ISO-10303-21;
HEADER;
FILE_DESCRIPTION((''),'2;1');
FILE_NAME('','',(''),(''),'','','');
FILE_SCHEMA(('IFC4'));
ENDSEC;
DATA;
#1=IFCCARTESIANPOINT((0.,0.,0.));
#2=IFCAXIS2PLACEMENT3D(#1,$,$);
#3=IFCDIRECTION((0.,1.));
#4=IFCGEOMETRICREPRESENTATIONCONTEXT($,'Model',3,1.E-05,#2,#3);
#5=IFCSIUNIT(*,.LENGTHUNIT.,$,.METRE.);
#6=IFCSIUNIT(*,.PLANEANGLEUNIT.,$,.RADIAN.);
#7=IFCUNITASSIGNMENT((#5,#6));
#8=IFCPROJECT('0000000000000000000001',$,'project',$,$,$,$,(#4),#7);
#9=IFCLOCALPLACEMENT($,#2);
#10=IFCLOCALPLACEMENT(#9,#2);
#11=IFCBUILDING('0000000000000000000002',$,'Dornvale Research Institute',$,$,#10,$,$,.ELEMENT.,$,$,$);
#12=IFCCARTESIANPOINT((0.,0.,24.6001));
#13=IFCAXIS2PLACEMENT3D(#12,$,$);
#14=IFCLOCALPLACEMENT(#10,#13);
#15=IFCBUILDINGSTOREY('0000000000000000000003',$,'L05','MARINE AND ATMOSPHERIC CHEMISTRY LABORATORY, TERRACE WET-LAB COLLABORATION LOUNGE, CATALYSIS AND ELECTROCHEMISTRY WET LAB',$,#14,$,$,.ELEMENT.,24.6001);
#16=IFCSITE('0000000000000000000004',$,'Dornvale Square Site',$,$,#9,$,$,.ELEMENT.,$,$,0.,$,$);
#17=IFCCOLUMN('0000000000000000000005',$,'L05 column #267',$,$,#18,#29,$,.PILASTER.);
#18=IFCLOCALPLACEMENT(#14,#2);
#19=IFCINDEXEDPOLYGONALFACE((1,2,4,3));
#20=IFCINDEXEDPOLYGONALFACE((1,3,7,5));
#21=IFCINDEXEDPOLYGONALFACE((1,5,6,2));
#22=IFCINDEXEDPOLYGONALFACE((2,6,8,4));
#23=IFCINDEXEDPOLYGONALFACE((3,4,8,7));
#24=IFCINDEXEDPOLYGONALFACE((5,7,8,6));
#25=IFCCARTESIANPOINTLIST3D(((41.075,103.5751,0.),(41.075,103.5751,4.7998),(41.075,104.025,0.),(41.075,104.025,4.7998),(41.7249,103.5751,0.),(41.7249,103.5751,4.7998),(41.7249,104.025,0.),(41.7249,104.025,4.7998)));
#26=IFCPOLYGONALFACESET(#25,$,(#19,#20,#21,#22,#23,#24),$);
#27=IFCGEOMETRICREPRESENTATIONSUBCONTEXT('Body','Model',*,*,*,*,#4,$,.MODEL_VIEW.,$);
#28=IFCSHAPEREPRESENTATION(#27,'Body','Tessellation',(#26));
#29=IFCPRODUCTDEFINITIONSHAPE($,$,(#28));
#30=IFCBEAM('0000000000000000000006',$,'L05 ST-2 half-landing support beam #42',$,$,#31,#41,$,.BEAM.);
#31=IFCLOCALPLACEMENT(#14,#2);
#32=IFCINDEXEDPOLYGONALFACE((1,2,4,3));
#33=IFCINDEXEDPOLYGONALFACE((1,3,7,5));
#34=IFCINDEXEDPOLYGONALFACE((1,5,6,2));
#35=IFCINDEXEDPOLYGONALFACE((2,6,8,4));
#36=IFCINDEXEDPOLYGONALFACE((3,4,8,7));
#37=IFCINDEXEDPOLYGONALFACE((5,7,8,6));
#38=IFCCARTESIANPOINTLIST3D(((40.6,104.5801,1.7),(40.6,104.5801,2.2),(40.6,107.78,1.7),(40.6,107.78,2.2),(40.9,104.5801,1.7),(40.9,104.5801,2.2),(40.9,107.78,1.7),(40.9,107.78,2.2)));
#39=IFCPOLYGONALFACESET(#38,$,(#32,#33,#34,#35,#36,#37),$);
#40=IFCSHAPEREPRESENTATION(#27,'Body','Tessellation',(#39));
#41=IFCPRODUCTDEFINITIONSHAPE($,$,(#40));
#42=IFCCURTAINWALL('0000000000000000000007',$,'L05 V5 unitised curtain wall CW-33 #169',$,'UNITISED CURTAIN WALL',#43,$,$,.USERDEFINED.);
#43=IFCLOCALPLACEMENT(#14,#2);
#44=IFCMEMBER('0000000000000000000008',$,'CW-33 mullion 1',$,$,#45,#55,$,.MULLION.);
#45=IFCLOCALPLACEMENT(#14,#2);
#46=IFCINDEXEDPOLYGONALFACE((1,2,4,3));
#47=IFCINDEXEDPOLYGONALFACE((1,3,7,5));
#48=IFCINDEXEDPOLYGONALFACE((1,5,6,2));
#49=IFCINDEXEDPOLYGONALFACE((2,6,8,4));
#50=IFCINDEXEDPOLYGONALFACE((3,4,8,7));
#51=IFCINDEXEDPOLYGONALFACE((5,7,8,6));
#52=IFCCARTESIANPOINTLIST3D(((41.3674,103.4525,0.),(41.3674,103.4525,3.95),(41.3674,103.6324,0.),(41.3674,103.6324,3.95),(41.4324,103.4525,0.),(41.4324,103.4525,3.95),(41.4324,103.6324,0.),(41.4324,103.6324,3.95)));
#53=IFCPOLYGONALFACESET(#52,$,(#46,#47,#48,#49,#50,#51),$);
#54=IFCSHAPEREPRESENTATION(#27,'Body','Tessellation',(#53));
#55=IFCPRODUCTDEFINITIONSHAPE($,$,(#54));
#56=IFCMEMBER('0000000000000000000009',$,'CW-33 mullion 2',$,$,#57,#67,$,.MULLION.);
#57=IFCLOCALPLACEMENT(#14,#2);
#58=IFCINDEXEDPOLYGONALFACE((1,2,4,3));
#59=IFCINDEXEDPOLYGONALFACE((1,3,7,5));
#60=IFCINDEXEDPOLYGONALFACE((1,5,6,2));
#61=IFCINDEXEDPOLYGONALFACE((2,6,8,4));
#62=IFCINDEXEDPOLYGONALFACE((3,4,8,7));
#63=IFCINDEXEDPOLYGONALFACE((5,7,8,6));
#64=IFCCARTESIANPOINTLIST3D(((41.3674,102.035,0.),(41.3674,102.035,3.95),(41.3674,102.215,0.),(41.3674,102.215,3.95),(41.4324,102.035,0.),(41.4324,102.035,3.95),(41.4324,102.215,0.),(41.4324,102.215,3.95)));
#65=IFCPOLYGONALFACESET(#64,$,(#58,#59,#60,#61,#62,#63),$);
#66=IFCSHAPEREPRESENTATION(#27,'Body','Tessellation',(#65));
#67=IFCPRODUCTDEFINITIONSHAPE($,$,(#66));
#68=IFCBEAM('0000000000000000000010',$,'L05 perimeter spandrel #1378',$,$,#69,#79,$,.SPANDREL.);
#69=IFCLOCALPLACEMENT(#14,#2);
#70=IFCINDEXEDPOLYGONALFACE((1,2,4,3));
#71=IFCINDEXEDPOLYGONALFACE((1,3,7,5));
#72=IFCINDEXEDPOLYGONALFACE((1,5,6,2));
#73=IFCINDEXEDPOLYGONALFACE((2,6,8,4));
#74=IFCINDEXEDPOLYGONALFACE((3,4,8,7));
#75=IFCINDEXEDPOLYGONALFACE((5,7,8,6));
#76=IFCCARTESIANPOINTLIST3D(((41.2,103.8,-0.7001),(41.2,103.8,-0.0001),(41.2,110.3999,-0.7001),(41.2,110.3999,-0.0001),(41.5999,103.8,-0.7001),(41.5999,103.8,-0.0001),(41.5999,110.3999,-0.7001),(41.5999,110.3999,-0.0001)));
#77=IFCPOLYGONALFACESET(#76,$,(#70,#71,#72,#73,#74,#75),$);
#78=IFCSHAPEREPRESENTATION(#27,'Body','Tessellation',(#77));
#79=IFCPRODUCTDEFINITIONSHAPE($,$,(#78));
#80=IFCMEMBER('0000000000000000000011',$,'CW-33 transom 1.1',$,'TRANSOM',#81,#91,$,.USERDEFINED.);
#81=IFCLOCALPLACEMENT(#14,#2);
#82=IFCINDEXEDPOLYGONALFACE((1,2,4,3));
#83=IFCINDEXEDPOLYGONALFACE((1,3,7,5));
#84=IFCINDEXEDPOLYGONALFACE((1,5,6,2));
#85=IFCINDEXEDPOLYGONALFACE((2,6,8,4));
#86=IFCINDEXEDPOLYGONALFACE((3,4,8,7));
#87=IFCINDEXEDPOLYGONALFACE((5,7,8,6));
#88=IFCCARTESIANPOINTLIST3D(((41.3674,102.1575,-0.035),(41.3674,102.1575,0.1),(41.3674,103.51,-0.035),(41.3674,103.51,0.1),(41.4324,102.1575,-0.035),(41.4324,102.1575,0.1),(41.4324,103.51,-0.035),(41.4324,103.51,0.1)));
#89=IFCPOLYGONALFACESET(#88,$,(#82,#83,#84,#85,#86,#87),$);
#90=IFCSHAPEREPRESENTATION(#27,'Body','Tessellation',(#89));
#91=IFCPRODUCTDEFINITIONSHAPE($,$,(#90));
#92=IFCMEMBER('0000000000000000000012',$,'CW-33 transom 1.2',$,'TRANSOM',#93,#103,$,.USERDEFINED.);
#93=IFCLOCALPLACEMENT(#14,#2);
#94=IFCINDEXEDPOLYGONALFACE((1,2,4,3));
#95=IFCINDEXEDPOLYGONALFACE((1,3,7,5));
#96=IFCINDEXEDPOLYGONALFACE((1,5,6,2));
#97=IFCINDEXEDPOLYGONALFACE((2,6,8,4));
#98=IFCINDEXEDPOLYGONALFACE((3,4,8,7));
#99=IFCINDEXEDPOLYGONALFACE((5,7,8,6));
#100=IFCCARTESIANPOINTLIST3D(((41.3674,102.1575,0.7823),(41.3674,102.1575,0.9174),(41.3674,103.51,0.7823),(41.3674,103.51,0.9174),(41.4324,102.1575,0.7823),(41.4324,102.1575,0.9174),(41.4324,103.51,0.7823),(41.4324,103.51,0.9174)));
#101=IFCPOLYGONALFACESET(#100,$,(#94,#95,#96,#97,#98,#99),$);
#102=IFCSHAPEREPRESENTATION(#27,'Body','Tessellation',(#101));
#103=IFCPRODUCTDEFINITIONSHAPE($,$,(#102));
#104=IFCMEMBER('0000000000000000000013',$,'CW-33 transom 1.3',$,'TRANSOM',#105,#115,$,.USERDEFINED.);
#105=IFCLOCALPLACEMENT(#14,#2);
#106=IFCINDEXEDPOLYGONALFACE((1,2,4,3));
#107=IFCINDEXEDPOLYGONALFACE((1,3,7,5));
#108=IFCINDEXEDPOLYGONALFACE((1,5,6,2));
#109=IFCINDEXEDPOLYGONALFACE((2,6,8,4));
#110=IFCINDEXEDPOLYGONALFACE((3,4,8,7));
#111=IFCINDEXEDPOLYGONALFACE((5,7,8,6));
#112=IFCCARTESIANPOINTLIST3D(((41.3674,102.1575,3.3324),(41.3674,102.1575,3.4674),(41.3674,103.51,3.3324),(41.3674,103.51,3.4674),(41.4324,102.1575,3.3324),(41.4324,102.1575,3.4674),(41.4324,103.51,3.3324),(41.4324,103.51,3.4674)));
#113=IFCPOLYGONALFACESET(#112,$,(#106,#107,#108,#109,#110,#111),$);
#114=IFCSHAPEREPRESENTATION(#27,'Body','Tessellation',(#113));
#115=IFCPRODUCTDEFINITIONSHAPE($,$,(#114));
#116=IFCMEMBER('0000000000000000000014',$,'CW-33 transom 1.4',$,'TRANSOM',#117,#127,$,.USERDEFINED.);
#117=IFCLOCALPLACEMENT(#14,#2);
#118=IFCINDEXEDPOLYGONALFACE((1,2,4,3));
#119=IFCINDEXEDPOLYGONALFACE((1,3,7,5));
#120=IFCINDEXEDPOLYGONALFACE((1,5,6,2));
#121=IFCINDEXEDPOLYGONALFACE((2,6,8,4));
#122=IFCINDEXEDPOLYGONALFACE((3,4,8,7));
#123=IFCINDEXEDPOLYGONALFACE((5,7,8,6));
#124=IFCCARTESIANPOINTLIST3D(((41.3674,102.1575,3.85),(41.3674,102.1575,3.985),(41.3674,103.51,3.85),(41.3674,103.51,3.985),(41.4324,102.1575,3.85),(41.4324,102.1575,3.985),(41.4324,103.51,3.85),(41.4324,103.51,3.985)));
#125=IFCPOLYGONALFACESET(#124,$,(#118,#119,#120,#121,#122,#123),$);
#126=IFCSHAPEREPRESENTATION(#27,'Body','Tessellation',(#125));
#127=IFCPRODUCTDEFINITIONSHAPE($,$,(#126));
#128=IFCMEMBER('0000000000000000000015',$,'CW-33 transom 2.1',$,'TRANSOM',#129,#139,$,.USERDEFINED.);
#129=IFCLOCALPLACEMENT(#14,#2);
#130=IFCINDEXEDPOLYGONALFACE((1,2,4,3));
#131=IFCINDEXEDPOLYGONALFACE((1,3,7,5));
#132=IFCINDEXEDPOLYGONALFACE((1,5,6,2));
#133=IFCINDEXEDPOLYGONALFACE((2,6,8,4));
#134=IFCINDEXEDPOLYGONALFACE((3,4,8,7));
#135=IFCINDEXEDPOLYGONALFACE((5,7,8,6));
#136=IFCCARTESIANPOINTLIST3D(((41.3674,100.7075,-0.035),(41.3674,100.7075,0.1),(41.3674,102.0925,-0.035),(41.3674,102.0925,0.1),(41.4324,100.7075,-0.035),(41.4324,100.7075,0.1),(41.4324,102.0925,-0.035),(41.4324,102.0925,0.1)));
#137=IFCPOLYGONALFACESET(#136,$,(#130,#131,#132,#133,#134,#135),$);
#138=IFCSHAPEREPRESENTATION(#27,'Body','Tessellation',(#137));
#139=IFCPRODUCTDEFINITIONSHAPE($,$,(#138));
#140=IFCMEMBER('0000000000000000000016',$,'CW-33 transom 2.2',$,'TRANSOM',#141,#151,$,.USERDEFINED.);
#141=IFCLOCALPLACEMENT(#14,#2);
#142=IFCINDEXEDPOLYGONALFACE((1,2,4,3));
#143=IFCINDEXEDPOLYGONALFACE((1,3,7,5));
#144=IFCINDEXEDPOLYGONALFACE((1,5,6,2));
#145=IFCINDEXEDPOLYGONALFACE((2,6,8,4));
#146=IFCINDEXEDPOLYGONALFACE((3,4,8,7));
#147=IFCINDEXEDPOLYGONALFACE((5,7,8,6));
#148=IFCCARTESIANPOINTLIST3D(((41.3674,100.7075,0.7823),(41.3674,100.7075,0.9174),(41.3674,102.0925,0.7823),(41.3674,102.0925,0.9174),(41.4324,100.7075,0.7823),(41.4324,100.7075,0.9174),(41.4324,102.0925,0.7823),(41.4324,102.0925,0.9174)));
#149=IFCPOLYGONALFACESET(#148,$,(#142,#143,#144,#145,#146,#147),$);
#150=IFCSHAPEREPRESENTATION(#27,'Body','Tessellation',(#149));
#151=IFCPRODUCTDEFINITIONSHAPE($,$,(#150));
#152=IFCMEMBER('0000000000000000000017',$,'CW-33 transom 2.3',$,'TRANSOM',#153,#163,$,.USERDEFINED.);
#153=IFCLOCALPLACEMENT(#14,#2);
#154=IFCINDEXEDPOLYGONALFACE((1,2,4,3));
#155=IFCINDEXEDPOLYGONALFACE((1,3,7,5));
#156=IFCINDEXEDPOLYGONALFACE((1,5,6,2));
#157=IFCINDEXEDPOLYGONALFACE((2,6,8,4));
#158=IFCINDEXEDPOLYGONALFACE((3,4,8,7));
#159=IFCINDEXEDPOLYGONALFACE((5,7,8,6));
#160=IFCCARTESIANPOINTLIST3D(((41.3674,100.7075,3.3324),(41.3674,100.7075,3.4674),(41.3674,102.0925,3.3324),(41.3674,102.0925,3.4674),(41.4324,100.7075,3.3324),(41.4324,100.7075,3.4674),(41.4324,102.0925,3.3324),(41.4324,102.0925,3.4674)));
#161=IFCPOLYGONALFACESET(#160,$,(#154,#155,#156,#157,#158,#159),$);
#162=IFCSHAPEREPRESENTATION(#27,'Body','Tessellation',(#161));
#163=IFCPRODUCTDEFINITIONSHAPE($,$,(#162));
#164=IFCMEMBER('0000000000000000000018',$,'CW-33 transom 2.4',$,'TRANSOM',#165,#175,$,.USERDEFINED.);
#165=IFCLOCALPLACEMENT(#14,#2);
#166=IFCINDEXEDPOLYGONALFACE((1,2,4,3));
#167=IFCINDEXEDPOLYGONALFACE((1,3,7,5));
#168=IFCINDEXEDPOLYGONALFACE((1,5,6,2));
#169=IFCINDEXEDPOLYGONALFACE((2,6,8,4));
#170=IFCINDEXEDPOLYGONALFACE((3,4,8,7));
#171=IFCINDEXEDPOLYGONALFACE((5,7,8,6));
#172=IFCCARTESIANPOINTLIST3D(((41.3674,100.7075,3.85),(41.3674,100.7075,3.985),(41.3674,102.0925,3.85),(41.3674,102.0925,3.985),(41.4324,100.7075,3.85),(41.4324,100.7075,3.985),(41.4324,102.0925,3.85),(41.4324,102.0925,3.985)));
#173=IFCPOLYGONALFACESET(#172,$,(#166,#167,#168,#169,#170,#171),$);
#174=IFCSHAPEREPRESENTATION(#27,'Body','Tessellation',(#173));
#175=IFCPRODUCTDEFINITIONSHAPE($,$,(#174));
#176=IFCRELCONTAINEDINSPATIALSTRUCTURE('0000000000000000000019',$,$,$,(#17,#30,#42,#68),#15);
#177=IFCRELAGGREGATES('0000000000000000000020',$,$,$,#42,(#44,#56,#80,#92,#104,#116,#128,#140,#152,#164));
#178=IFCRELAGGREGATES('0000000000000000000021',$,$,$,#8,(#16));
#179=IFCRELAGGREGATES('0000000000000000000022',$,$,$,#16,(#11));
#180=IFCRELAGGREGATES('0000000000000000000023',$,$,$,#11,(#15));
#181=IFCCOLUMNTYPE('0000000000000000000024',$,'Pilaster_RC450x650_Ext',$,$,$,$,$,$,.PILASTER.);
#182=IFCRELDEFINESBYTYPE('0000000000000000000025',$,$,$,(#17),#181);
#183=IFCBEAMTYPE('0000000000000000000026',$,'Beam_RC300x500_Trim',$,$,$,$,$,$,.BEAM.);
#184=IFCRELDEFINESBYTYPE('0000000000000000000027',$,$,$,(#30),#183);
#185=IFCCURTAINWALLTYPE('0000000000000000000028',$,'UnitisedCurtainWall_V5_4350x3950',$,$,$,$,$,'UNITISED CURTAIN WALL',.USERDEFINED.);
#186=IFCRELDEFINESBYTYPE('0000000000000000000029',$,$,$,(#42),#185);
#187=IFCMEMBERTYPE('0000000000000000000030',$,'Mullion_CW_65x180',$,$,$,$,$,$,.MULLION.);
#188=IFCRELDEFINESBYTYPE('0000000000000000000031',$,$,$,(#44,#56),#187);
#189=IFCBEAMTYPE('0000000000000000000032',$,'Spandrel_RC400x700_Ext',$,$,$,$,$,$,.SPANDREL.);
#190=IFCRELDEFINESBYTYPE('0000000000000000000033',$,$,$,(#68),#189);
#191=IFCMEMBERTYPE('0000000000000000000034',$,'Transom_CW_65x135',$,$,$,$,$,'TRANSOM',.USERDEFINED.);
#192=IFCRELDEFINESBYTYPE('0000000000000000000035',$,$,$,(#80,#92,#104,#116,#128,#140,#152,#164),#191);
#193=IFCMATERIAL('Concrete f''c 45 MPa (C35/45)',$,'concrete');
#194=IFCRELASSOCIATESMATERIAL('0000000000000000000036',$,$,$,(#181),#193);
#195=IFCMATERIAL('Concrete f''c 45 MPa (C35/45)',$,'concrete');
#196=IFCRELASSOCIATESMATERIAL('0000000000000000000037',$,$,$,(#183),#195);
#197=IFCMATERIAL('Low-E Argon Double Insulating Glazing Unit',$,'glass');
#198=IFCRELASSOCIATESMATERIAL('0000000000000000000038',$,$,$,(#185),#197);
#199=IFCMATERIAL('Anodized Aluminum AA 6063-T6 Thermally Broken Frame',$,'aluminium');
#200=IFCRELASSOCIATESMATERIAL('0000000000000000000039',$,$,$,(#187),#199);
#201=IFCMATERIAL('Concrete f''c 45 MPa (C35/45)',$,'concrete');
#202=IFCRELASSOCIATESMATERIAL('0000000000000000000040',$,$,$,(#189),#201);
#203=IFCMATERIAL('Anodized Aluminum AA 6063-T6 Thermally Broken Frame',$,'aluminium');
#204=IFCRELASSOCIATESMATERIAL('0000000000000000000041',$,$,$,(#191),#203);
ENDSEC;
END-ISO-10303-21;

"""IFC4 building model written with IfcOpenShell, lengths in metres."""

from ifc_helpers import new_model, si_unit, direction, frame, origin, origin_2d, place, context, subcontext, project, spatial, rectangle, extrude, material, material_profile, profile_set, type_object, element, aggregate, save


model = new_model("IFC4")

# Units and contexts
model_context = context("Model", 3, precision=1e-05, world=origin(), true_north=direction((0.0, 1.0)))
body_context = subcontext(model_context, "Body", "Model", "MODEL_VIEW")
ifc_project = project(units=[si_unit("LENGTHUNIT", "METRE"), si_unit("PLANEANGLEUNIT", "RADIAN")], contexts=[model_context])

# Site, building, storey
site_placement = place(None, origin())
site = spatial("IfcSite", under=ifc_project, at=site_placement, Name="Dornvale Square Site", CompositionType="ELEMENT", RefElevation=0.0)
building_placement = place(site_placement, origin())
building = spatial("IfcBuilding", under=site, at=building_placement, Name="Dornvale Research Institute", CompositionType="ELEMENT")
storey_placement = place(building_placement, frame((0.0, 0.0, 24.6001)))
storey = spatial("IfcBuildingStorey", under=building, at=storey_placement, Name="L05", Description="MARINE AND ATMOSPHERIC CHEMISTRY LABORATORY, TERRACE WET-LAB COLLABORATION LOUNGE, CATALYSIS AND ELECTROCHEMISTRY WET LAB", CompositionType="ELEMENT", Elevation=24.6001)

# Column
ifc_material_1 = material(Name="Concrete f'c 45 MPa (C35/45)", Category="concrete")
ifc_material_profile_1 = material_profile(ifc_material_1, rectangle(XDim=0.45, YDim=0.6499, at=origin_2d()), Name="RC 450x650")
ifc_profile_set_1 = profile_set([ifc_material_profile_1], Name="Concrete f'c 45 MPa (C35/45)")
column_type = type_object("IfcColumnType", Name="Pilaster_RC450x650_Ext", PredefinedType="PILASTER", material=ifc_profile_set_1)
column_placement = place(storey_placement, frame((41.3999, 103.8, 0.0), z_axis=(0.0, 0.0, 1.0), x_axis=(0.0, 1.0, 0.0)))
element("IfcColumn", 1, at=column_placement, inside=storey, type_object=column_type, Name="L05 column #267", PredefinedType="PILASTER", context=body_context, shape_type="SweptSolid", body=[
    extrude(rectangle(XDim=0.45, YDim=0.6499, at=origin_2d()), origin(), (0.0, 0.0, 1.0), 4.7998),
])

# Beam
ifc_material_2 = material(Name="Concrete f'c 45 MPa (C35/45)", Category="concrete")
ifc_material_profile_2 = material_profile(ifc_material_2, rectangle(XDim=0.3, YDim=0.5, at=origin_2d()), Name="RC 300x500")
ifc_profile_set_2 = profile_set([ifc_material_profile_2], Name="Concrete f'c 45 MPa (C35/45)")
beam_type_1 = type_object("IfcBeamType", Name="Beam_RC300x500_Trim", PredefinedType="BEAM", material=ifc_profile_set_2)
beam_1_placement = place(storey_placement, frame((40.75, 104.5801, 1.95), z_axis=(0.0, 1.0, 0.0), x_axis=(-1.0, 0.0, 0.0)))
element("IfcBeam", 2, at=beam_1_placement, inside=storey, type_object=beam_type_1, Name="L05 ST-2 half-landing support beam #42", PredefinedType="BEAM", context=body_context, shape_type="SweptSolid", body=[
    extrude(rectangle(XDim=0.3, YDim=0.5, at=origin_2d()), origin(), (0.0, 0.0, 1.0), 3.2),
])

# Curtain wall, members
ifc_material_3 = material(Name="Low-E Argon Double Insulating Glazing Unit", Category="glass")
curtain_wall_type = type_object("IfcCurtainWallType", Name="UnitisedCurtainWall_V5_4350x3950", ElementType="UNITISED CURTAIN WALL", PredefinedType="USERDEFINED", material=ifc_material_3)
curtain_wall_placement = place(storey_placement, origin())
curtain_wall = element("IfcCurtainWall", 3, at=curtain_wall_placement, inside=storey, type_object=curtain_wall_type, Name="L05 V5 unitised curtain wall CW-33 #169", ObjectType="UNITISED CURTAIN WALL", PredefinedType="USERDEFINED")
ifc_material_4 = material(Name="Anodized Aluminum AA 6063-T6 Thermally Broken Frame", Category="aluminium")
ifc_material_profile_3 = material_profile(ifc_material_4, rectangle(XDim=0.0649, YDim=0.1799, at=origin_2d()), Name="ALU MULLION 65x180")
ifc_profile_set_3 = profile_set([ifc_material_profile_3], Name="Anodized Aluminum AA 6063-T6 Thermally Broken Frame")
member_type_1 = type_object("IfcMemberType", Name="Mullion_CW_65x180", PredefinedType="MULLION", material=ifc_profile_set_3)
member_1_placement = place(storey_placement, frame((41.3999, 103.5425, 0.0), z_axis=(0.0, 0.0, 1.0), x_axis=(1.0, 0.0, 0.0)))
member_1 = element("IfcMember", 4, at=member_1_placement, type_object=member_type_1, Name="CW-33 mullion 1", PredefinedType="MULLION", context=body_context, shape_type="SweptSolid", body=[
    extrude(rectangle(XDim=0.0649, YDim=0.1799, at=origin_2d()), origin(), (0.0, 0.0, 1.0), 3.95),
])
member_2_placement = place(storey_placement, frame((41.3999, 102.125, 0.0), z_axis=(0.0, 0.0, 1.0), x_axis=(1.0, 0.0, 0.0)))
member_2 = element("IfcMember", 5, at=member_2_placement, type_object=member_type_1, Name="CW-33 mullion 2", PredefinedType="MULLION", context=body_context, shape_type="SweptSolid", body=[
    extrude(rectangle(XDim=0.0649, YDim=0.1799, at=origin_2d()), origin(), (0.0, 0.0, 1.0), 3.95),
])

# Beam
ifc_material_5 = material(Name="Concrete f'c 45 MPa (C35/45)", Category="concrete")
ifc_material_profile_4 = material_profile(ifc_material_5, rectangle(XDim=0.3999, YDim=0.7, at=origin_2d()), Name="RC 400x700")
ifc_profile_set_4 = profile_set([ifc_material_profile_4], Name="Concrete f'c 45 MPa (C35/45)")
beam_type_2 = type_object("IfcBeamType", Name="Spandrel_RC400x700_Ext", PredefinedType="SPANDREL", material=ifc_profile_set_4)
beam_2_placement = place(storey_placement, frame((41.3999, 103.8, -0.3501), z_axis=(0.0, 1.0, 0.0), x_axis=(-1.0, 0.0, 0.0)))
element("IfcBeam", 6, at=beam_2_placement, inside=storey, type_object=beam_type_2, Name="L05 perimeter spandrel #1378", PredefinedType="SPANDREL", context=body_context, shape_type="SweptSolid", body=[
    extrude(rectangle(XDim=0.3999, YDim=0.7, at=origin_2d()), origin(), (0.0, 0.0, 1.0), 6.5999),
])

# Members
ifc_material_6 = material(Name="Anodized Aluminum AA 6063-T6 Thermally Broken Frame", Category="aluminium")
ifc_material_profile_5 = material_profile(ifc_material_6, rectangle(XDim=0.0649, YDim=0.135, at=origin_2d()), Name="ALU TRANSOM 65x135")
ifc_profile_set_5 = profile_set([ifc_material_profile_5], Name="Anodized Aluminum AA 6063-T6 Thermally Broken Frame")
member_type_2 = type_object("IfcMemberType", Name="Transom_CW_65x135", ElementType="TRANSOM", PredefinedType="USERDEFINED", material=ifc_profile_set_5)
member_3_placement = place(storey_placement, frame((41.3999, 103.51, 0.0325), z_axis=(0.0, -1.0, 0.0), x_axis=(1.0, 0.0, 0.0)))
member_3 = element("IfcMember", 7, at=member_3_placement, type_object=member_type_2, Name="CW-33 transom 1.1", ObjectType="TRANSOM", PredefinedType="USERDEFINED", context=body_context, shape_type="SweptSolid", body=[
    extrude(rectangle(XDim=0.0649, YDim=0.135, at=origin_2d()), origin(), (0.0, 0.0, 1.0), 1.3525),
])
member_4_placement = place(storey_placement, frame((41.3999, 103.51, 0.8499), z_axis=(0.0, -1.0, 0.0), x_axis=(1.0, 0.0, 0.0)))
member_4 = element("IfcMember", 8, at=member_4_placement, type_object=member_type_2, Name="CW-33 transom 1.2", ObjectType="TRANSOM", PredefinedType="USERDEFINED", context=body_context, shape_type="SweptSolid", body=[
    extrude(rectangle(XDim=0.0649, YDim=0.135, at=origin_2d()), origin(), (0.0, 0.0, 1.0), 1.3525),
])
member_5_placement = place(storey_placement, frame((41.3999, 103.51, 3.3999), z_axis=(0.0, -1.0, 0.0), x_axis=(1.0, 0.0, 0.0)))
member_5 = element("IfcMember", 9, at=member_5_placement, type_object=member_type_2, Name="CW-33 transom 1.3", ObjectType="TRANSOM", PredefinedType="USERDEFINED", context=body_context, shape_type="SweptSolid", body=[
    extrude(rectangle(XDim=0.0649, YDim=0.135, at=origin_2d()), origin(), (0.0, 0.0, 1.0), 1.3525),
])
member_6_placement = place(storey_placement, frame((41.3999, 103.51, 3.9175), z_axis=(0.0, -1.0, 0.0), x_axis=(1.0, 0.0, 0.0)))
member_6 = element("IfcMember", 10, at=member_6_placement, type_object=member_type_2, Name="CW-33 transom 1.4", ObjectType="TRANSOM", PredefinedType="USERDEFINED", context=body_context, shape_type="SweptSolid", body=[
    extrude(rectangle(XDim=0.0649, YDim=0.135, at=origin_2d()), origin(), (0.0, 0.0, 1.0), 1.3525),
])
member_7_placement = place(storey_placement, frame((41.3999, 102.0925, 0.0325), z_axis=(0.0, -1.0, 0.0), x_axis=(1.0, 0.0, 0.0)))
member_7 = element("IfcMember", 11, at=member_7_placement, type_object=member_type_2, Name="CW-33 transom 2.1", ObjectType="TRANSOM", PredefinedType="USERDEFINED", context=body_context, shape_type="SweptSolid", body=[
    extrude(rectangle(XDim=0.0649, YDim=0.135, at=origin_2d()), origin(), (0.0, 0.0, 1.0), 1.385),
])
member_8_placement = place(storey_placement, frame((41.3999, 102.0925, 0.8499), z_axis=(0.0, -1.0, 0.0), x_axis=(1.0, 0.0, 0.0)))
member_8 = element("IfcMember", 12, at=member_8_placement, type_object=member_type_2, Name="CW-33 transom 2.2", ObjectType="TRANSOM", PredefinedType="USERDEFINED", context=body_context, shape_type="SweptSolid", body=[
    extrude(rectangle(XDim=0.0649, YDim=0.135, at=origin_2d()), origin(), (0.0, 0.0, 1.0), 1.385),
])
member_9_placement = place(storey_placement, frame((41.3999, 102.0925, 3.3999), z_axis=(0.0, -1.0, 0.0), x_axis=(1.0, 0.0, 0.0)))
member_9 = element("IfcMember", 13, at=member_9_placement, type_object=member_type_2, Name="CW-33 transom 2.3", ObjectType="TRANSOM", PredefinedType="USERDEFINED", context=body_context, shape_type="SweptSolid", body=[
    extrude(rectangle(XDim=0.0649, YDim=0.135, at=origin_2d()), origin(), (0.0, 0.0, 1.0), 1.385),
])
member_10_placement = place(storey_placement, frame((41.3999, 102.0925, 3.9175), z_axis=(0.0, -1.0, 0.0), x_axis=(1.0, 0.0, 0.0)))
member_10 = element("IfcMember", 14, at=member_10_placement, type_object=member_type_2, Name="CW-33 transom 2.4", ObjectType="TRANSOM", PredefinedType="USERDEFINED", context=body_context, shape_type="SweptSolid", body=[
    extrude(rectangle(XDim=0.0649, YDim=0.135, at=origin_2d()), origin(), (0.0, 0.0, 1.0), 1.385),
])

aggregate(curtain_wall, [member_1, member_2, member_3, member_4, member_5, member_6, member_7, member_8, member_9, member_10])

save(model, "model.ifc")
